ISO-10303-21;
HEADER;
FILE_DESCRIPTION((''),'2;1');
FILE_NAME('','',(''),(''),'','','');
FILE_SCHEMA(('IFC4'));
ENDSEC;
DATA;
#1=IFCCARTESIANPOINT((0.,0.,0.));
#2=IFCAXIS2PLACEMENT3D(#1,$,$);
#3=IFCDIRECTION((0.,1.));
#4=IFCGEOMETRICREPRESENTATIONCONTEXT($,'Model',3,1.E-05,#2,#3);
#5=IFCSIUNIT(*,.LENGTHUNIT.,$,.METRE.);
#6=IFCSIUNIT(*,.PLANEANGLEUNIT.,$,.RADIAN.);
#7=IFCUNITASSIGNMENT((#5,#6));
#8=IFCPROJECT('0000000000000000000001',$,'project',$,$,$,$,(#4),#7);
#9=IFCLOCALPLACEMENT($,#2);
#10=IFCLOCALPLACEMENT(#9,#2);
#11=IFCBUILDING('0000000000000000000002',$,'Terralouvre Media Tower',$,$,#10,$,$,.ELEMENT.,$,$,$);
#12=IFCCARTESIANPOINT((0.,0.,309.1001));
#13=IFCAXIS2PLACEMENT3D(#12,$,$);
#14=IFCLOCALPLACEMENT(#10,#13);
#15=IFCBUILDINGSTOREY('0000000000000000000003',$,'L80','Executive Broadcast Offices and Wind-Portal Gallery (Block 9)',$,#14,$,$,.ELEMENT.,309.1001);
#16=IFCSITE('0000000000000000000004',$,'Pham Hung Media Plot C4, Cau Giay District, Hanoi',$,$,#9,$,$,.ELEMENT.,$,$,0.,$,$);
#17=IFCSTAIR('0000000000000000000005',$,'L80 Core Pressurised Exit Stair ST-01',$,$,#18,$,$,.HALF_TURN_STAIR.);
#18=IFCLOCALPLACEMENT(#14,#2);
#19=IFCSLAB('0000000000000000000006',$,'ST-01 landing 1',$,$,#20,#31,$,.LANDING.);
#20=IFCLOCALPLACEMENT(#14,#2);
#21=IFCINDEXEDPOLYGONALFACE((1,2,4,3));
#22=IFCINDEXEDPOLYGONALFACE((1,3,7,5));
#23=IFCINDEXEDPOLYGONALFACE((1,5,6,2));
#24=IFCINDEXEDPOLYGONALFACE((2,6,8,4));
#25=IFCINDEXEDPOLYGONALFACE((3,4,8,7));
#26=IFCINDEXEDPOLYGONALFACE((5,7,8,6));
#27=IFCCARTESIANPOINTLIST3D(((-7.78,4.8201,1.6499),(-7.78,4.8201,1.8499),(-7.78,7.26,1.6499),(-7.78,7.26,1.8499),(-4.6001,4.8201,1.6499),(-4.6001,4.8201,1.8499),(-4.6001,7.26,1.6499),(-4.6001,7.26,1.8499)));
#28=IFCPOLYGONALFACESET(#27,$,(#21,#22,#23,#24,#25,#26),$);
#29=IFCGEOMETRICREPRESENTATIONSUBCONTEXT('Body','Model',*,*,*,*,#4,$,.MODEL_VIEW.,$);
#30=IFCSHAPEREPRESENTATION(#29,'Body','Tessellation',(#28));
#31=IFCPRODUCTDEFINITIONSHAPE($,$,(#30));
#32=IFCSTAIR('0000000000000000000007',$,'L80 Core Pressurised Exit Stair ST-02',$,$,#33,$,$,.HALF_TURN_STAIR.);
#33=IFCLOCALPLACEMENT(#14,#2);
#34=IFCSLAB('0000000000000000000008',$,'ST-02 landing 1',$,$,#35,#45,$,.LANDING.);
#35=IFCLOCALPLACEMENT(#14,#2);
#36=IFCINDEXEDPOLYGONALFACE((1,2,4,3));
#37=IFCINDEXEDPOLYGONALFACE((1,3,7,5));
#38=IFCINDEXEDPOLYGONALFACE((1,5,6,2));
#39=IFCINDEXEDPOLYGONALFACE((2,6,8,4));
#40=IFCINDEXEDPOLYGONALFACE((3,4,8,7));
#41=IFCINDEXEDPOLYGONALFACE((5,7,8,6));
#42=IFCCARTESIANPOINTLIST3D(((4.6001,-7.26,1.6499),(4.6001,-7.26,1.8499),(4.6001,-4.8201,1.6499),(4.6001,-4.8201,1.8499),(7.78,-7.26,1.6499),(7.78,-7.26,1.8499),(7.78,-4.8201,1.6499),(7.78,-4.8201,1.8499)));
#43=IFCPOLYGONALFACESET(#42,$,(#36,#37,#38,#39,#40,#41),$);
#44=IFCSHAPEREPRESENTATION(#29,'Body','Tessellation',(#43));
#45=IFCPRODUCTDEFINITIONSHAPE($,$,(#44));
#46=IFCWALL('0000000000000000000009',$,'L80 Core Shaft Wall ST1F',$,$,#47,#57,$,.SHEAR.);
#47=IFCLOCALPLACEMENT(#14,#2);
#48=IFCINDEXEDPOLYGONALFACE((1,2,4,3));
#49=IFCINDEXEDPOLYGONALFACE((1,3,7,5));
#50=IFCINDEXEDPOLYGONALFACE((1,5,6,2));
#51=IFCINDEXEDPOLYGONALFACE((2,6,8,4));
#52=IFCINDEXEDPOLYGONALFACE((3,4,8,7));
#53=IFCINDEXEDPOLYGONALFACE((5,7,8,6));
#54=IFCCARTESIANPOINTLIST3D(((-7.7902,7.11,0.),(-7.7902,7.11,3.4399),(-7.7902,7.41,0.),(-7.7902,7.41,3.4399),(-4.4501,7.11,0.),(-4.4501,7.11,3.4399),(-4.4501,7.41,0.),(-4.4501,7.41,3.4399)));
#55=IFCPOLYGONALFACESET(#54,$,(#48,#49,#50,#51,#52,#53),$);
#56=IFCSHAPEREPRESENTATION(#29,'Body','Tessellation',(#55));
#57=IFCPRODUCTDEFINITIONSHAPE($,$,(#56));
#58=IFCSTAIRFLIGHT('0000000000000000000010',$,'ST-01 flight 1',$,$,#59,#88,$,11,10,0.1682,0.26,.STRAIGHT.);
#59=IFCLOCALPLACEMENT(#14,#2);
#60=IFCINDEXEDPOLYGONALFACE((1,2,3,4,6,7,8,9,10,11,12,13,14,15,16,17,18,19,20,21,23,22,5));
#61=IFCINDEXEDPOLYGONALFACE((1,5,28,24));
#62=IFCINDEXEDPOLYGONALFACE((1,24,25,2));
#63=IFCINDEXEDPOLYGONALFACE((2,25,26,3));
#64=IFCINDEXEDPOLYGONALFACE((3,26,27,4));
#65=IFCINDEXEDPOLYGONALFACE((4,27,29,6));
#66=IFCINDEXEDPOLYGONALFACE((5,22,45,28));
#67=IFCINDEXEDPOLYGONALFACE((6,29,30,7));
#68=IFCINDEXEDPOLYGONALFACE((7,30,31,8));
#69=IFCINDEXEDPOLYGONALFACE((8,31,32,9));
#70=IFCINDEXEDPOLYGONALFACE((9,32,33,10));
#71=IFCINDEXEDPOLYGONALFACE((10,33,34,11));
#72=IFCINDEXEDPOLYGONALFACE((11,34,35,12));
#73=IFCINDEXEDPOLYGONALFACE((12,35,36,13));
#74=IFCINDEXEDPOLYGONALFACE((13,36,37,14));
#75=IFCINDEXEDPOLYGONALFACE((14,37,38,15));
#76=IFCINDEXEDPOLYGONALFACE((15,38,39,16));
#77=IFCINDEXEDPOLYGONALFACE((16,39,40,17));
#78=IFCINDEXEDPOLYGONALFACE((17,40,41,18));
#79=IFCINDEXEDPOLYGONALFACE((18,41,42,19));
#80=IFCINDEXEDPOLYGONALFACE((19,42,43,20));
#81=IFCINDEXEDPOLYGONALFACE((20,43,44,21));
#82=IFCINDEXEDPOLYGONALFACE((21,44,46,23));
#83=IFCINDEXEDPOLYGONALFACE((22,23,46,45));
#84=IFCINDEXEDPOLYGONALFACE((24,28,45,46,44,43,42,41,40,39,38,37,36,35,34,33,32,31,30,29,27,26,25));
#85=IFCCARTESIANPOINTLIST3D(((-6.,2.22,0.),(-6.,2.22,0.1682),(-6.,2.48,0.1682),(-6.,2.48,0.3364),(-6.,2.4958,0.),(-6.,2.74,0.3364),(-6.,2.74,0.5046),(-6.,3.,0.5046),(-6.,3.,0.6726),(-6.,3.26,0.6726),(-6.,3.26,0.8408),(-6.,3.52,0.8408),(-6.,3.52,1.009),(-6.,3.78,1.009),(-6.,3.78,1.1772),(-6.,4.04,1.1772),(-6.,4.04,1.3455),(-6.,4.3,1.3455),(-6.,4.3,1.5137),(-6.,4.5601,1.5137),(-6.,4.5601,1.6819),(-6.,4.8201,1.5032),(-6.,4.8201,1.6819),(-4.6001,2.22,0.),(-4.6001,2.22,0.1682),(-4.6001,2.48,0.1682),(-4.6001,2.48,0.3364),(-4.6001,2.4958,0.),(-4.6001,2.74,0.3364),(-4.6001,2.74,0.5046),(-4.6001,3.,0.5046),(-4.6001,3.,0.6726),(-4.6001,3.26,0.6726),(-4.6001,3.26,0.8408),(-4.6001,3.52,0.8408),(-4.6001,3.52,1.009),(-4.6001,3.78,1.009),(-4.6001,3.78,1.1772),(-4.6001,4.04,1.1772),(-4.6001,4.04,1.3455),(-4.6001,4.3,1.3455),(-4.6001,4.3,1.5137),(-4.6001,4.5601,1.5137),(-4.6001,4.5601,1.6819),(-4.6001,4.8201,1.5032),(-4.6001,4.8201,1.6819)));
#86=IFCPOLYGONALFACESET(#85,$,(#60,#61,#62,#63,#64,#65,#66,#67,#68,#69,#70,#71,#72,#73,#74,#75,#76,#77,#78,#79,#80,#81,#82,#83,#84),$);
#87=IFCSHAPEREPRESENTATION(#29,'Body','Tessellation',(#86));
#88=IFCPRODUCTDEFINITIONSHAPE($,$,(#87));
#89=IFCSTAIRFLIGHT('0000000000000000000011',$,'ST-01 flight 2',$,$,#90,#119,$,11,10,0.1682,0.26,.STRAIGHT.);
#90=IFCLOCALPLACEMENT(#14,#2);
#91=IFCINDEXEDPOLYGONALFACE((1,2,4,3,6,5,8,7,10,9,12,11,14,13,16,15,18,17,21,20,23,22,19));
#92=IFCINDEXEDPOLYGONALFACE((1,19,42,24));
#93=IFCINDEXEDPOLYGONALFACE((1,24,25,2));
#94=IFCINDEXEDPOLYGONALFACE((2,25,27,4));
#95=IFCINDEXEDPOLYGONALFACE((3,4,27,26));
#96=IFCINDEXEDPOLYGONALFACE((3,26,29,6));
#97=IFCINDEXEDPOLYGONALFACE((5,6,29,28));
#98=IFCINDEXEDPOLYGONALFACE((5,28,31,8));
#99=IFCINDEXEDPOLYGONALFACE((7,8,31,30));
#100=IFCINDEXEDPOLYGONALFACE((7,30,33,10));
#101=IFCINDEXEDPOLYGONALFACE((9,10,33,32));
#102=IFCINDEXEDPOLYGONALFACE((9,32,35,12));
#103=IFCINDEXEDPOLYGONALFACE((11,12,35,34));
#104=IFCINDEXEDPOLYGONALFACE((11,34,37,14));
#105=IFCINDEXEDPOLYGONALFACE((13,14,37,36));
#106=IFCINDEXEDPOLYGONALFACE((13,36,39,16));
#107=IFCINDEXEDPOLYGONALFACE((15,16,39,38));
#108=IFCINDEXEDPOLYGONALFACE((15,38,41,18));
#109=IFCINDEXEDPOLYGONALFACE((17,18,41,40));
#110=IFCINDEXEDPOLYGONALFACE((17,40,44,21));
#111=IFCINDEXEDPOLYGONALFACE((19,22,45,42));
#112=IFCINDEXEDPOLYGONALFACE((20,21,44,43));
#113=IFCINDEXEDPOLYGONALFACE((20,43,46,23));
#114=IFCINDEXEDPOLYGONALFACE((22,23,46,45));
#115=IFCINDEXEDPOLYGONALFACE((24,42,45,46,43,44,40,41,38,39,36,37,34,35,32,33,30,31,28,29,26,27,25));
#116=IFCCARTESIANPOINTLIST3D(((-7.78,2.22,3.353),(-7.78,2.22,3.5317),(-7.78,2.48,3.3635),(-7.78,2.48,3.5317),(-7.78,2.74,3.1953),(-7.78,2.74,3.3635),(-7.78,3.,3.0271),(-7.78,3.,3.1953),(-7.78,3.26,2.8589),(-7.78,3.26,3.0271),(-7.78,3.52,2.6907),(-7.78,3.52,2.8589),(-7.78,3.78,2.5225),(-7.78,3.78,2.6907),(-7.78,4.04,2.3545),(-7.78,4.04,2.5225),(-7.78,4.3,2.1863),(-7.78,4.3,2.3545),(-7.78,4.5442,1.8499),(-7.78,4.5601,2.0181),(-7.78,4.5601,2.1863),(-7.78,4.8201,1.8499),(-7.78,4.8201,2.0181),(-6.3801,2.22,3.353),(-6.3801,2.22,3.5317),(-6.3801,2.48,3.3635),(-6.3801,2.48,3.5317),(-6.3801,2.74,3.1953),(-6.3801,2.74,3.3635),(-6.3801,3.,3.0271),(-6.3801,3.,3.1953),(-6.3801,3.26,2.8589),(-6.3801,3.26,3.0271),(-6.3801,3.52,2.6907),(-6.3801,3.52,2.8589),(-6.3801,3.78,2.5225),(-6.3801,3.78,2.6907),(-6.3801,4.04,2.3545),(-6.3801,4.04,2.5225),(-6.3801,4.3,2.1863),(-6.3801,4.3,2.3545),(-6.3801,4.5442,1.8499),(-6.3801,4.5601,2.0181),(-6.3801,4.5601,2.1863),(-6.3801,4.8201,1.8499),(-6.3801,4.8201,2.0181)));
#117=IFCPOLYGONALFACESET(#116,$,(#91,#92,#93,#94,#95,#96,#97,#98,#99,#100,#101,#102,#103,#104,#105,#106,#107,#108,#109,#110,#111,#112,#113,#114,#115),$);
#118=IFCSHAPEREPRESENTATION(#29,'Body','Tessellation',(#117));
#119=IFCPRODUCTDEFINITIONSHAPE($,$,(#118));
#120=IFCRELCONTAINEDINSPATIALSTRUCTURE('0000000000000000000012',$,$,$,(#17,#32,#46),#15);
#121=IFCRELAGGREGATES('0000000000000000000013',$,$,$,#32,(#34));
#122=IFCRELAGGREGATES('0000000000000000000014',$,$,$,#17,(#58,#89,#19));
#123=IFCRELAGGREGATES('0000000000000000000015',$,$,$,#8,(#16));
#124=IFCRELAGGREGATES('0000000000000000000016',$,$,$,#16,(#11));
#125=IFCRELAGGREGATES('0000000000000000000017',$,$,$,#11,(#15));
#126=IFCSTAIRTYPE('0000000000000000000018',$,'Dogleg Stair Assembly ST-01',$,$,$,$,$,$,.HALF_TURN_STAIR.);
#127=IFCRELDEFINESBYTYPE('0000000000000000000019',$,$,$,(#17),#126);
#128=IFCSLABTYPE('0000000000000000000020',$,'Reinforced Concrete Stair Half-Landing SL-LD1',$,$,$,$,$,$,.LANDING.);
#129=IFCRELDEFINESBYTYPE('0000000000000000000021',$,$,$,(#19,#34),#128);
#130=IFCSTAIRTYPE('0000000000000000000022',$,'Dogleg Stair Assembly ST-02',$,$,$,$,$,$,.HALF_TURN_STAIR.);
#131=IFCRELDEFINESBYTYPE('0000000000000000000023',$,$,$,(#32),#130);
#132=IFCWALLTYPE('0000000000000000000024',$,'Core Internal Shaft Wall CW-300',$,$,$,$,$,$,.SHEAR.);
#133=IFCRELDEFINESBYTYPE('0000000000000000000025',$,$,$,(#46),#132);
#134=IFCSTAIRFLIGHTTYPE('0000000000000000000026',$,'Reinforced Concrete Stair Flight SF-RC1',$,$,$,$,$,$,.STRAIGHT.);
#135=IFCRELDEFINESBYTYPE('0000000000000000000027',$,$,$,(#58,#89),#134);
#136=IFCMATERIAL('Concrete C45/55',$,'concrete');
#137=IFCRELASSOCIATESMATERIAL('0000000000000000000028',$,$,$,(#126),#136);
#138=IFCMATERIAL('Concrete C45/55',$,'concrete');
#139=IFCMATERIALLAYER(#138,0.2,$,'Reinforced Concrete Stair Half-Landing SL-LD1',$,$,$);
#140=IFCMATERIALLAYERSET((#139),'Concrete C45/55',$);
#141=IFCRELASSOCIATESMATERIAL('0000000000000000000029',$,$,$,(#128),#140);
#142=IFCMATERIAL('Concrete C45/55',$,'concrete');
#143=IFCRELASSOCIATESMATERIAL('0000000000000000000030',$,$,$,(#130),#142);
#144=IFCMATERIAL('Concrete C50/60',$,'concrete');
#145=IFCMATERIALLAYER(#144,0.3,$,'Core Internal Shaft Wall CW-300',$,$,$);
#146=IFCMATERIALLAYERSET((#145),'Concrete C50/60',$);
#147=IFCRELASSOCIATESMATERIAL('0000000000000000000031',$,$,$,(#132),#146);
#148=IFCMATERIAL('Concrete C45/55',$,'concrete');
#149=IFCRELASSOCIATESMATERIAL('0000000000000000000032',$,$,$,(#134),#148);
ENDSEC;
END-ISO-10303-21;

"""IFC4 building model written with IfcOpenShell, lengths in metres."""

from ifc_helpers import new_model, si_unit, direction, frame, frame_2d, origin, place, context, subcontext, project, spatial, polyline, rectangle, outline, extrude, material, layer, layer_set, type_object, element, aggregate, save


model = new_model("IFC4")

# Units and contexts
model_context = context("Model", 3, precision=1e-05, world=origin(), true_north=direction((0.0, 1.0)))
body_context = subcontext(model_context, "Body", "Model", "MODEL_VIEW")
ifc_project = project(units=[si_unit("LENGTHUNIT", "METRE"), si_unit("PLANEANGLEUNIT", "RADIAN")], contexts=[model_context])

# Site, building, storey
site_placement = place(None, origin())
site = spatial("IfcSite", under=ifc_project, at=site_placement, Name="Pham Hung Media Plot C4, Cau Giay District, Hanoi", CompositionType="ELEMENT", RefElevation=0.0)
building_placement = place(site_placement, origin())
building = spatial("IfcBuilding", under=site, at=building_placement, Name="Terralouvre Media Tower", CompositionType="ELEMENT")
storey_placement = place(building_placement, frame((0.0, 0.0, 309.1001)))
storey = spatial("IfcBuildingStorey", under=building, at=storey_placement, Name="L80", Description="Executive Broadcast Offices and Wind-Portal Gallery (Block 9)", CompositionType="ELEMENT", Elevation=309.1001)

# Stairs, slabs
ifc_material_1 = material(Name="Concrete C45/55", Category="concrete")
stair_type_1 = type_object("IfcStairType", Name="Dogleg Stair Assembly ST-01", PredefinedType="HALF_TURN_STAIR", material=ifc_material_1)
stair_1_placement = place(storey_placement, origin())
stair_1 = element("IfcStair", 1, at=stair_1_placement, inside=storey, type_object=stair_type_1, Name="L80 Core Pressurised Exit Stair ST-01", PredefinedType="HALF_TURN_STAIR")
ifc_material_2 = material(Name="Concrete C45/55", Category="concrete")
ifc_layer_1 = layer(ifc_material_2, 0.2, Name="Reinforced Concrete Stair Half-Landing SL-LD1")
ifc_layer_set_1 = layer_set([ifc_layer_1], Name="Concrete C45/55")
slab_type_1 = type_object("IfcSlabType", Name="Reinforced Concrete Stair Half-Landing SL-LD1", PredefinedType="LANDING", material=ifc_layer_set_1)
slab_1_placement = place(storey_placement, frame((0.0, 0.0, 1.6499)))
slab_1 = element("IfcSlab", 2, at=slab_1_placement, type_object=slab_type_1, Name="ST-01 landing 1", PredefinedType="LANDING", context=body_context, shape_type="SweptSolid", body=[
    extrude(outline(polyline([(-4.6001, 4.8201), (-4.6001, 7.26), (-7.78, 7.26), (-7.78, 4.8201), (-4.6001, 4.8201)])), origin(), (0.0, 0.0, 1.0), 0.2),
])
ifc_material_3 = material(Name="Concrete C45/55", Category="concrete")
stair_type_2 = type_object("IfcStairType", Name="Dogleg Stair Assembly ST-02", PredefinedType="HALF_TURN_STAIR", material=ifc_material_3)
stair_2_placement = place(storey_placement, origin())
stair_2 = element("IfcStair", 3, at=stair_2_placement, inside=storey, type_object=stair_type_2, Name="L80 Core Pressurised Exit Stair ST-02", PredefinedType="HALF_TURN_STAIR")
slab_2_placement = place(storey_placement, frame((0.0, 0.0, 1.6499)))
slab_2 = element("IfcSlab", 4, at=slab_2_placement, type_object=slab_type_1, Name="ST-02 landing 1", PredefinedType="LANDING", context=body_context, shape_type="SweptSolid", body=[
    extrude(outline(polyline([(4.6001, -4.8201), (4.6001, -7.26), (7.78, -7.26), (7.78, -4.8201), (4.6001, -4.8201)])), origin(), (0.0, 0.0, 1.0), 0.2),
])
aggregate(stair_2, [slab_2])

# Shared definitions
ifc_material_4 = material(Name="Concrete C50/60", Category="concrete")
ifc_layer_2 = layer(ifc_material_4, 0.3, Name="Core Internal Shaft Wall CW-300")
ifc_layer_set_2 = layer_set([ifc_layer_2], Name="Concrete C50/60")
wall_type = type_object("IfcWallType", Name="Core Internal Shaft Wall CW-300", PredefinedType="SHEAR", material=ifc_layer_set_2)

# Wall
wall_1_placement = place(storey_placement, frame((-7.79, 7.26, 0.0), z_axis=(0.0, 0.0, 1.0), x_axis=(1.0, 0.0, 0.0)))
element("IfcWall", 5, at=wall_1_placement, inside=storey, type_object=wall_type, Name="L80 Core Shaft Wall ST1F", PredefinedType="SHEAR", context=body_context, shape_type="SweptSolid", body=[
    extrude(rectangle(XDim=3.3401, YDim=0.3, at=frame_2d((1.6699, 0.0))), origin(), (0.0, 0.0, 1.0), 3.4399),
])

# Stair flights
ifc_material_5 = material(Name="Concrete C45/55", Category="concrete")
stair_flight_type = type_object("IfcStairFlightType", Name="Reinforced Concrete Stair Flight SF-RC1", PredefinedType="STRAIGHT", material=ifc_material_5)
stair_flight_1_placement = place(storey_placement, frame((-5.3, 2.22, 0.0), z_axis=(0.0, 0.0, 1.0), x_axis=(0.0, 1.0, 0.0)))
stair_flight_1 = element("IfcStairFlight", 6, at=stair_flight_1_placement, type_object=stair_flight_type, Name="ST-01 flight 1", NumberOfRisers=11, NumberOfTreads=10, PredefinedType="STRAIGHT", RiserHeight=0.1682, TreadLength=0.26, context=body_context, shape_type="SweptSolid", body=[
    extrude(outline(polyline([(0.0, 0.0), (0.0, 0.1682), (0.26, 0.1682), (0.26, 0.3364), (0.52, 0.3364), (0.52, 0.5046), (0.78, 0.5046), (0.78, 0.6726), (1.04, 0.6726), (1.04, 0.8408), (1.3, 0.8408), (1.3, 1.009), (1.5601, 1.009), (1.5601, 1.1772), (1.8201, 1.1772), (1.8201, 1.3455), (2.0801, 1.3455), (2.0801, 1.5137), (2.3401, 1.5137), (2.3401, 1.6819), (2.6001, 1.6819), (2.6001, 1.8501), (2.6001, 1.5032), (0.2759, 0.0), (0.0, 0.0)])), frame((0.0, 0.7, 0.0), z_axis=(0.0, -1.0, 0.0), x_axis=(1.0, 0.0, 0.0)), (0.0, 0.0, 1.0), 1.3999),
])
stair_flight_2_placement = place(storey_placement, frame((-7.0801, 4.8201, 1.8499), z_axis=(0.0, 0.0, 1.0), x_axis=(0.0, -1.0, 0.0)))
stair_flight_2 = element("IfcStairFlight", 7, at=stair_flight_2_placement, type_object=stair_flight_type, Name="ST-01 flight 2", NumberOfRisers=11, NumberOfTreads=10, PredefinedType="STRAIGHT", RiserHeight=0.1682, TreadLength=0.26, context=body_context, shape_type="SweptSolid", body=[
    extrude(outline(polyline([(0.0, 0.0), (0.0, 0.1682), (0.26, 0.1682), (0.26, 0.3364), (0.52, 0.3364), (0.52, 0.5046), (0.78, 0.5046), (0.78, 0.6726), (1.04, 0.6726), (1.04, 0.8408), (1.3, 0.8408), (1.3, 1.009), (1.5601, 1.009), (1.5601, 1.1772), (1.8201, 1.1772), (1.8201, 1.3455), (2.0801, 1.3455), (2.0801, 1.5137), (2.3401, 1.5137), (2.3401, 1.6819), (2.6001, 1.6819), (2.6001, 1.8501), (2.6001, 1.5032), (0.2759, 0.0), (0.0, 0.0)])), frame((0.0, 0.7, 0.0), z_axis=(0.0, -1.0, 0.0), x_axis=(1.0, 0.0, 0.0)), (0.0, 0.0, 1.0), 1.3999),
])
aggregate(stair_1, [stair_flight_1, stair_flight_2, slab_1])

save(model, "model.ifc")
